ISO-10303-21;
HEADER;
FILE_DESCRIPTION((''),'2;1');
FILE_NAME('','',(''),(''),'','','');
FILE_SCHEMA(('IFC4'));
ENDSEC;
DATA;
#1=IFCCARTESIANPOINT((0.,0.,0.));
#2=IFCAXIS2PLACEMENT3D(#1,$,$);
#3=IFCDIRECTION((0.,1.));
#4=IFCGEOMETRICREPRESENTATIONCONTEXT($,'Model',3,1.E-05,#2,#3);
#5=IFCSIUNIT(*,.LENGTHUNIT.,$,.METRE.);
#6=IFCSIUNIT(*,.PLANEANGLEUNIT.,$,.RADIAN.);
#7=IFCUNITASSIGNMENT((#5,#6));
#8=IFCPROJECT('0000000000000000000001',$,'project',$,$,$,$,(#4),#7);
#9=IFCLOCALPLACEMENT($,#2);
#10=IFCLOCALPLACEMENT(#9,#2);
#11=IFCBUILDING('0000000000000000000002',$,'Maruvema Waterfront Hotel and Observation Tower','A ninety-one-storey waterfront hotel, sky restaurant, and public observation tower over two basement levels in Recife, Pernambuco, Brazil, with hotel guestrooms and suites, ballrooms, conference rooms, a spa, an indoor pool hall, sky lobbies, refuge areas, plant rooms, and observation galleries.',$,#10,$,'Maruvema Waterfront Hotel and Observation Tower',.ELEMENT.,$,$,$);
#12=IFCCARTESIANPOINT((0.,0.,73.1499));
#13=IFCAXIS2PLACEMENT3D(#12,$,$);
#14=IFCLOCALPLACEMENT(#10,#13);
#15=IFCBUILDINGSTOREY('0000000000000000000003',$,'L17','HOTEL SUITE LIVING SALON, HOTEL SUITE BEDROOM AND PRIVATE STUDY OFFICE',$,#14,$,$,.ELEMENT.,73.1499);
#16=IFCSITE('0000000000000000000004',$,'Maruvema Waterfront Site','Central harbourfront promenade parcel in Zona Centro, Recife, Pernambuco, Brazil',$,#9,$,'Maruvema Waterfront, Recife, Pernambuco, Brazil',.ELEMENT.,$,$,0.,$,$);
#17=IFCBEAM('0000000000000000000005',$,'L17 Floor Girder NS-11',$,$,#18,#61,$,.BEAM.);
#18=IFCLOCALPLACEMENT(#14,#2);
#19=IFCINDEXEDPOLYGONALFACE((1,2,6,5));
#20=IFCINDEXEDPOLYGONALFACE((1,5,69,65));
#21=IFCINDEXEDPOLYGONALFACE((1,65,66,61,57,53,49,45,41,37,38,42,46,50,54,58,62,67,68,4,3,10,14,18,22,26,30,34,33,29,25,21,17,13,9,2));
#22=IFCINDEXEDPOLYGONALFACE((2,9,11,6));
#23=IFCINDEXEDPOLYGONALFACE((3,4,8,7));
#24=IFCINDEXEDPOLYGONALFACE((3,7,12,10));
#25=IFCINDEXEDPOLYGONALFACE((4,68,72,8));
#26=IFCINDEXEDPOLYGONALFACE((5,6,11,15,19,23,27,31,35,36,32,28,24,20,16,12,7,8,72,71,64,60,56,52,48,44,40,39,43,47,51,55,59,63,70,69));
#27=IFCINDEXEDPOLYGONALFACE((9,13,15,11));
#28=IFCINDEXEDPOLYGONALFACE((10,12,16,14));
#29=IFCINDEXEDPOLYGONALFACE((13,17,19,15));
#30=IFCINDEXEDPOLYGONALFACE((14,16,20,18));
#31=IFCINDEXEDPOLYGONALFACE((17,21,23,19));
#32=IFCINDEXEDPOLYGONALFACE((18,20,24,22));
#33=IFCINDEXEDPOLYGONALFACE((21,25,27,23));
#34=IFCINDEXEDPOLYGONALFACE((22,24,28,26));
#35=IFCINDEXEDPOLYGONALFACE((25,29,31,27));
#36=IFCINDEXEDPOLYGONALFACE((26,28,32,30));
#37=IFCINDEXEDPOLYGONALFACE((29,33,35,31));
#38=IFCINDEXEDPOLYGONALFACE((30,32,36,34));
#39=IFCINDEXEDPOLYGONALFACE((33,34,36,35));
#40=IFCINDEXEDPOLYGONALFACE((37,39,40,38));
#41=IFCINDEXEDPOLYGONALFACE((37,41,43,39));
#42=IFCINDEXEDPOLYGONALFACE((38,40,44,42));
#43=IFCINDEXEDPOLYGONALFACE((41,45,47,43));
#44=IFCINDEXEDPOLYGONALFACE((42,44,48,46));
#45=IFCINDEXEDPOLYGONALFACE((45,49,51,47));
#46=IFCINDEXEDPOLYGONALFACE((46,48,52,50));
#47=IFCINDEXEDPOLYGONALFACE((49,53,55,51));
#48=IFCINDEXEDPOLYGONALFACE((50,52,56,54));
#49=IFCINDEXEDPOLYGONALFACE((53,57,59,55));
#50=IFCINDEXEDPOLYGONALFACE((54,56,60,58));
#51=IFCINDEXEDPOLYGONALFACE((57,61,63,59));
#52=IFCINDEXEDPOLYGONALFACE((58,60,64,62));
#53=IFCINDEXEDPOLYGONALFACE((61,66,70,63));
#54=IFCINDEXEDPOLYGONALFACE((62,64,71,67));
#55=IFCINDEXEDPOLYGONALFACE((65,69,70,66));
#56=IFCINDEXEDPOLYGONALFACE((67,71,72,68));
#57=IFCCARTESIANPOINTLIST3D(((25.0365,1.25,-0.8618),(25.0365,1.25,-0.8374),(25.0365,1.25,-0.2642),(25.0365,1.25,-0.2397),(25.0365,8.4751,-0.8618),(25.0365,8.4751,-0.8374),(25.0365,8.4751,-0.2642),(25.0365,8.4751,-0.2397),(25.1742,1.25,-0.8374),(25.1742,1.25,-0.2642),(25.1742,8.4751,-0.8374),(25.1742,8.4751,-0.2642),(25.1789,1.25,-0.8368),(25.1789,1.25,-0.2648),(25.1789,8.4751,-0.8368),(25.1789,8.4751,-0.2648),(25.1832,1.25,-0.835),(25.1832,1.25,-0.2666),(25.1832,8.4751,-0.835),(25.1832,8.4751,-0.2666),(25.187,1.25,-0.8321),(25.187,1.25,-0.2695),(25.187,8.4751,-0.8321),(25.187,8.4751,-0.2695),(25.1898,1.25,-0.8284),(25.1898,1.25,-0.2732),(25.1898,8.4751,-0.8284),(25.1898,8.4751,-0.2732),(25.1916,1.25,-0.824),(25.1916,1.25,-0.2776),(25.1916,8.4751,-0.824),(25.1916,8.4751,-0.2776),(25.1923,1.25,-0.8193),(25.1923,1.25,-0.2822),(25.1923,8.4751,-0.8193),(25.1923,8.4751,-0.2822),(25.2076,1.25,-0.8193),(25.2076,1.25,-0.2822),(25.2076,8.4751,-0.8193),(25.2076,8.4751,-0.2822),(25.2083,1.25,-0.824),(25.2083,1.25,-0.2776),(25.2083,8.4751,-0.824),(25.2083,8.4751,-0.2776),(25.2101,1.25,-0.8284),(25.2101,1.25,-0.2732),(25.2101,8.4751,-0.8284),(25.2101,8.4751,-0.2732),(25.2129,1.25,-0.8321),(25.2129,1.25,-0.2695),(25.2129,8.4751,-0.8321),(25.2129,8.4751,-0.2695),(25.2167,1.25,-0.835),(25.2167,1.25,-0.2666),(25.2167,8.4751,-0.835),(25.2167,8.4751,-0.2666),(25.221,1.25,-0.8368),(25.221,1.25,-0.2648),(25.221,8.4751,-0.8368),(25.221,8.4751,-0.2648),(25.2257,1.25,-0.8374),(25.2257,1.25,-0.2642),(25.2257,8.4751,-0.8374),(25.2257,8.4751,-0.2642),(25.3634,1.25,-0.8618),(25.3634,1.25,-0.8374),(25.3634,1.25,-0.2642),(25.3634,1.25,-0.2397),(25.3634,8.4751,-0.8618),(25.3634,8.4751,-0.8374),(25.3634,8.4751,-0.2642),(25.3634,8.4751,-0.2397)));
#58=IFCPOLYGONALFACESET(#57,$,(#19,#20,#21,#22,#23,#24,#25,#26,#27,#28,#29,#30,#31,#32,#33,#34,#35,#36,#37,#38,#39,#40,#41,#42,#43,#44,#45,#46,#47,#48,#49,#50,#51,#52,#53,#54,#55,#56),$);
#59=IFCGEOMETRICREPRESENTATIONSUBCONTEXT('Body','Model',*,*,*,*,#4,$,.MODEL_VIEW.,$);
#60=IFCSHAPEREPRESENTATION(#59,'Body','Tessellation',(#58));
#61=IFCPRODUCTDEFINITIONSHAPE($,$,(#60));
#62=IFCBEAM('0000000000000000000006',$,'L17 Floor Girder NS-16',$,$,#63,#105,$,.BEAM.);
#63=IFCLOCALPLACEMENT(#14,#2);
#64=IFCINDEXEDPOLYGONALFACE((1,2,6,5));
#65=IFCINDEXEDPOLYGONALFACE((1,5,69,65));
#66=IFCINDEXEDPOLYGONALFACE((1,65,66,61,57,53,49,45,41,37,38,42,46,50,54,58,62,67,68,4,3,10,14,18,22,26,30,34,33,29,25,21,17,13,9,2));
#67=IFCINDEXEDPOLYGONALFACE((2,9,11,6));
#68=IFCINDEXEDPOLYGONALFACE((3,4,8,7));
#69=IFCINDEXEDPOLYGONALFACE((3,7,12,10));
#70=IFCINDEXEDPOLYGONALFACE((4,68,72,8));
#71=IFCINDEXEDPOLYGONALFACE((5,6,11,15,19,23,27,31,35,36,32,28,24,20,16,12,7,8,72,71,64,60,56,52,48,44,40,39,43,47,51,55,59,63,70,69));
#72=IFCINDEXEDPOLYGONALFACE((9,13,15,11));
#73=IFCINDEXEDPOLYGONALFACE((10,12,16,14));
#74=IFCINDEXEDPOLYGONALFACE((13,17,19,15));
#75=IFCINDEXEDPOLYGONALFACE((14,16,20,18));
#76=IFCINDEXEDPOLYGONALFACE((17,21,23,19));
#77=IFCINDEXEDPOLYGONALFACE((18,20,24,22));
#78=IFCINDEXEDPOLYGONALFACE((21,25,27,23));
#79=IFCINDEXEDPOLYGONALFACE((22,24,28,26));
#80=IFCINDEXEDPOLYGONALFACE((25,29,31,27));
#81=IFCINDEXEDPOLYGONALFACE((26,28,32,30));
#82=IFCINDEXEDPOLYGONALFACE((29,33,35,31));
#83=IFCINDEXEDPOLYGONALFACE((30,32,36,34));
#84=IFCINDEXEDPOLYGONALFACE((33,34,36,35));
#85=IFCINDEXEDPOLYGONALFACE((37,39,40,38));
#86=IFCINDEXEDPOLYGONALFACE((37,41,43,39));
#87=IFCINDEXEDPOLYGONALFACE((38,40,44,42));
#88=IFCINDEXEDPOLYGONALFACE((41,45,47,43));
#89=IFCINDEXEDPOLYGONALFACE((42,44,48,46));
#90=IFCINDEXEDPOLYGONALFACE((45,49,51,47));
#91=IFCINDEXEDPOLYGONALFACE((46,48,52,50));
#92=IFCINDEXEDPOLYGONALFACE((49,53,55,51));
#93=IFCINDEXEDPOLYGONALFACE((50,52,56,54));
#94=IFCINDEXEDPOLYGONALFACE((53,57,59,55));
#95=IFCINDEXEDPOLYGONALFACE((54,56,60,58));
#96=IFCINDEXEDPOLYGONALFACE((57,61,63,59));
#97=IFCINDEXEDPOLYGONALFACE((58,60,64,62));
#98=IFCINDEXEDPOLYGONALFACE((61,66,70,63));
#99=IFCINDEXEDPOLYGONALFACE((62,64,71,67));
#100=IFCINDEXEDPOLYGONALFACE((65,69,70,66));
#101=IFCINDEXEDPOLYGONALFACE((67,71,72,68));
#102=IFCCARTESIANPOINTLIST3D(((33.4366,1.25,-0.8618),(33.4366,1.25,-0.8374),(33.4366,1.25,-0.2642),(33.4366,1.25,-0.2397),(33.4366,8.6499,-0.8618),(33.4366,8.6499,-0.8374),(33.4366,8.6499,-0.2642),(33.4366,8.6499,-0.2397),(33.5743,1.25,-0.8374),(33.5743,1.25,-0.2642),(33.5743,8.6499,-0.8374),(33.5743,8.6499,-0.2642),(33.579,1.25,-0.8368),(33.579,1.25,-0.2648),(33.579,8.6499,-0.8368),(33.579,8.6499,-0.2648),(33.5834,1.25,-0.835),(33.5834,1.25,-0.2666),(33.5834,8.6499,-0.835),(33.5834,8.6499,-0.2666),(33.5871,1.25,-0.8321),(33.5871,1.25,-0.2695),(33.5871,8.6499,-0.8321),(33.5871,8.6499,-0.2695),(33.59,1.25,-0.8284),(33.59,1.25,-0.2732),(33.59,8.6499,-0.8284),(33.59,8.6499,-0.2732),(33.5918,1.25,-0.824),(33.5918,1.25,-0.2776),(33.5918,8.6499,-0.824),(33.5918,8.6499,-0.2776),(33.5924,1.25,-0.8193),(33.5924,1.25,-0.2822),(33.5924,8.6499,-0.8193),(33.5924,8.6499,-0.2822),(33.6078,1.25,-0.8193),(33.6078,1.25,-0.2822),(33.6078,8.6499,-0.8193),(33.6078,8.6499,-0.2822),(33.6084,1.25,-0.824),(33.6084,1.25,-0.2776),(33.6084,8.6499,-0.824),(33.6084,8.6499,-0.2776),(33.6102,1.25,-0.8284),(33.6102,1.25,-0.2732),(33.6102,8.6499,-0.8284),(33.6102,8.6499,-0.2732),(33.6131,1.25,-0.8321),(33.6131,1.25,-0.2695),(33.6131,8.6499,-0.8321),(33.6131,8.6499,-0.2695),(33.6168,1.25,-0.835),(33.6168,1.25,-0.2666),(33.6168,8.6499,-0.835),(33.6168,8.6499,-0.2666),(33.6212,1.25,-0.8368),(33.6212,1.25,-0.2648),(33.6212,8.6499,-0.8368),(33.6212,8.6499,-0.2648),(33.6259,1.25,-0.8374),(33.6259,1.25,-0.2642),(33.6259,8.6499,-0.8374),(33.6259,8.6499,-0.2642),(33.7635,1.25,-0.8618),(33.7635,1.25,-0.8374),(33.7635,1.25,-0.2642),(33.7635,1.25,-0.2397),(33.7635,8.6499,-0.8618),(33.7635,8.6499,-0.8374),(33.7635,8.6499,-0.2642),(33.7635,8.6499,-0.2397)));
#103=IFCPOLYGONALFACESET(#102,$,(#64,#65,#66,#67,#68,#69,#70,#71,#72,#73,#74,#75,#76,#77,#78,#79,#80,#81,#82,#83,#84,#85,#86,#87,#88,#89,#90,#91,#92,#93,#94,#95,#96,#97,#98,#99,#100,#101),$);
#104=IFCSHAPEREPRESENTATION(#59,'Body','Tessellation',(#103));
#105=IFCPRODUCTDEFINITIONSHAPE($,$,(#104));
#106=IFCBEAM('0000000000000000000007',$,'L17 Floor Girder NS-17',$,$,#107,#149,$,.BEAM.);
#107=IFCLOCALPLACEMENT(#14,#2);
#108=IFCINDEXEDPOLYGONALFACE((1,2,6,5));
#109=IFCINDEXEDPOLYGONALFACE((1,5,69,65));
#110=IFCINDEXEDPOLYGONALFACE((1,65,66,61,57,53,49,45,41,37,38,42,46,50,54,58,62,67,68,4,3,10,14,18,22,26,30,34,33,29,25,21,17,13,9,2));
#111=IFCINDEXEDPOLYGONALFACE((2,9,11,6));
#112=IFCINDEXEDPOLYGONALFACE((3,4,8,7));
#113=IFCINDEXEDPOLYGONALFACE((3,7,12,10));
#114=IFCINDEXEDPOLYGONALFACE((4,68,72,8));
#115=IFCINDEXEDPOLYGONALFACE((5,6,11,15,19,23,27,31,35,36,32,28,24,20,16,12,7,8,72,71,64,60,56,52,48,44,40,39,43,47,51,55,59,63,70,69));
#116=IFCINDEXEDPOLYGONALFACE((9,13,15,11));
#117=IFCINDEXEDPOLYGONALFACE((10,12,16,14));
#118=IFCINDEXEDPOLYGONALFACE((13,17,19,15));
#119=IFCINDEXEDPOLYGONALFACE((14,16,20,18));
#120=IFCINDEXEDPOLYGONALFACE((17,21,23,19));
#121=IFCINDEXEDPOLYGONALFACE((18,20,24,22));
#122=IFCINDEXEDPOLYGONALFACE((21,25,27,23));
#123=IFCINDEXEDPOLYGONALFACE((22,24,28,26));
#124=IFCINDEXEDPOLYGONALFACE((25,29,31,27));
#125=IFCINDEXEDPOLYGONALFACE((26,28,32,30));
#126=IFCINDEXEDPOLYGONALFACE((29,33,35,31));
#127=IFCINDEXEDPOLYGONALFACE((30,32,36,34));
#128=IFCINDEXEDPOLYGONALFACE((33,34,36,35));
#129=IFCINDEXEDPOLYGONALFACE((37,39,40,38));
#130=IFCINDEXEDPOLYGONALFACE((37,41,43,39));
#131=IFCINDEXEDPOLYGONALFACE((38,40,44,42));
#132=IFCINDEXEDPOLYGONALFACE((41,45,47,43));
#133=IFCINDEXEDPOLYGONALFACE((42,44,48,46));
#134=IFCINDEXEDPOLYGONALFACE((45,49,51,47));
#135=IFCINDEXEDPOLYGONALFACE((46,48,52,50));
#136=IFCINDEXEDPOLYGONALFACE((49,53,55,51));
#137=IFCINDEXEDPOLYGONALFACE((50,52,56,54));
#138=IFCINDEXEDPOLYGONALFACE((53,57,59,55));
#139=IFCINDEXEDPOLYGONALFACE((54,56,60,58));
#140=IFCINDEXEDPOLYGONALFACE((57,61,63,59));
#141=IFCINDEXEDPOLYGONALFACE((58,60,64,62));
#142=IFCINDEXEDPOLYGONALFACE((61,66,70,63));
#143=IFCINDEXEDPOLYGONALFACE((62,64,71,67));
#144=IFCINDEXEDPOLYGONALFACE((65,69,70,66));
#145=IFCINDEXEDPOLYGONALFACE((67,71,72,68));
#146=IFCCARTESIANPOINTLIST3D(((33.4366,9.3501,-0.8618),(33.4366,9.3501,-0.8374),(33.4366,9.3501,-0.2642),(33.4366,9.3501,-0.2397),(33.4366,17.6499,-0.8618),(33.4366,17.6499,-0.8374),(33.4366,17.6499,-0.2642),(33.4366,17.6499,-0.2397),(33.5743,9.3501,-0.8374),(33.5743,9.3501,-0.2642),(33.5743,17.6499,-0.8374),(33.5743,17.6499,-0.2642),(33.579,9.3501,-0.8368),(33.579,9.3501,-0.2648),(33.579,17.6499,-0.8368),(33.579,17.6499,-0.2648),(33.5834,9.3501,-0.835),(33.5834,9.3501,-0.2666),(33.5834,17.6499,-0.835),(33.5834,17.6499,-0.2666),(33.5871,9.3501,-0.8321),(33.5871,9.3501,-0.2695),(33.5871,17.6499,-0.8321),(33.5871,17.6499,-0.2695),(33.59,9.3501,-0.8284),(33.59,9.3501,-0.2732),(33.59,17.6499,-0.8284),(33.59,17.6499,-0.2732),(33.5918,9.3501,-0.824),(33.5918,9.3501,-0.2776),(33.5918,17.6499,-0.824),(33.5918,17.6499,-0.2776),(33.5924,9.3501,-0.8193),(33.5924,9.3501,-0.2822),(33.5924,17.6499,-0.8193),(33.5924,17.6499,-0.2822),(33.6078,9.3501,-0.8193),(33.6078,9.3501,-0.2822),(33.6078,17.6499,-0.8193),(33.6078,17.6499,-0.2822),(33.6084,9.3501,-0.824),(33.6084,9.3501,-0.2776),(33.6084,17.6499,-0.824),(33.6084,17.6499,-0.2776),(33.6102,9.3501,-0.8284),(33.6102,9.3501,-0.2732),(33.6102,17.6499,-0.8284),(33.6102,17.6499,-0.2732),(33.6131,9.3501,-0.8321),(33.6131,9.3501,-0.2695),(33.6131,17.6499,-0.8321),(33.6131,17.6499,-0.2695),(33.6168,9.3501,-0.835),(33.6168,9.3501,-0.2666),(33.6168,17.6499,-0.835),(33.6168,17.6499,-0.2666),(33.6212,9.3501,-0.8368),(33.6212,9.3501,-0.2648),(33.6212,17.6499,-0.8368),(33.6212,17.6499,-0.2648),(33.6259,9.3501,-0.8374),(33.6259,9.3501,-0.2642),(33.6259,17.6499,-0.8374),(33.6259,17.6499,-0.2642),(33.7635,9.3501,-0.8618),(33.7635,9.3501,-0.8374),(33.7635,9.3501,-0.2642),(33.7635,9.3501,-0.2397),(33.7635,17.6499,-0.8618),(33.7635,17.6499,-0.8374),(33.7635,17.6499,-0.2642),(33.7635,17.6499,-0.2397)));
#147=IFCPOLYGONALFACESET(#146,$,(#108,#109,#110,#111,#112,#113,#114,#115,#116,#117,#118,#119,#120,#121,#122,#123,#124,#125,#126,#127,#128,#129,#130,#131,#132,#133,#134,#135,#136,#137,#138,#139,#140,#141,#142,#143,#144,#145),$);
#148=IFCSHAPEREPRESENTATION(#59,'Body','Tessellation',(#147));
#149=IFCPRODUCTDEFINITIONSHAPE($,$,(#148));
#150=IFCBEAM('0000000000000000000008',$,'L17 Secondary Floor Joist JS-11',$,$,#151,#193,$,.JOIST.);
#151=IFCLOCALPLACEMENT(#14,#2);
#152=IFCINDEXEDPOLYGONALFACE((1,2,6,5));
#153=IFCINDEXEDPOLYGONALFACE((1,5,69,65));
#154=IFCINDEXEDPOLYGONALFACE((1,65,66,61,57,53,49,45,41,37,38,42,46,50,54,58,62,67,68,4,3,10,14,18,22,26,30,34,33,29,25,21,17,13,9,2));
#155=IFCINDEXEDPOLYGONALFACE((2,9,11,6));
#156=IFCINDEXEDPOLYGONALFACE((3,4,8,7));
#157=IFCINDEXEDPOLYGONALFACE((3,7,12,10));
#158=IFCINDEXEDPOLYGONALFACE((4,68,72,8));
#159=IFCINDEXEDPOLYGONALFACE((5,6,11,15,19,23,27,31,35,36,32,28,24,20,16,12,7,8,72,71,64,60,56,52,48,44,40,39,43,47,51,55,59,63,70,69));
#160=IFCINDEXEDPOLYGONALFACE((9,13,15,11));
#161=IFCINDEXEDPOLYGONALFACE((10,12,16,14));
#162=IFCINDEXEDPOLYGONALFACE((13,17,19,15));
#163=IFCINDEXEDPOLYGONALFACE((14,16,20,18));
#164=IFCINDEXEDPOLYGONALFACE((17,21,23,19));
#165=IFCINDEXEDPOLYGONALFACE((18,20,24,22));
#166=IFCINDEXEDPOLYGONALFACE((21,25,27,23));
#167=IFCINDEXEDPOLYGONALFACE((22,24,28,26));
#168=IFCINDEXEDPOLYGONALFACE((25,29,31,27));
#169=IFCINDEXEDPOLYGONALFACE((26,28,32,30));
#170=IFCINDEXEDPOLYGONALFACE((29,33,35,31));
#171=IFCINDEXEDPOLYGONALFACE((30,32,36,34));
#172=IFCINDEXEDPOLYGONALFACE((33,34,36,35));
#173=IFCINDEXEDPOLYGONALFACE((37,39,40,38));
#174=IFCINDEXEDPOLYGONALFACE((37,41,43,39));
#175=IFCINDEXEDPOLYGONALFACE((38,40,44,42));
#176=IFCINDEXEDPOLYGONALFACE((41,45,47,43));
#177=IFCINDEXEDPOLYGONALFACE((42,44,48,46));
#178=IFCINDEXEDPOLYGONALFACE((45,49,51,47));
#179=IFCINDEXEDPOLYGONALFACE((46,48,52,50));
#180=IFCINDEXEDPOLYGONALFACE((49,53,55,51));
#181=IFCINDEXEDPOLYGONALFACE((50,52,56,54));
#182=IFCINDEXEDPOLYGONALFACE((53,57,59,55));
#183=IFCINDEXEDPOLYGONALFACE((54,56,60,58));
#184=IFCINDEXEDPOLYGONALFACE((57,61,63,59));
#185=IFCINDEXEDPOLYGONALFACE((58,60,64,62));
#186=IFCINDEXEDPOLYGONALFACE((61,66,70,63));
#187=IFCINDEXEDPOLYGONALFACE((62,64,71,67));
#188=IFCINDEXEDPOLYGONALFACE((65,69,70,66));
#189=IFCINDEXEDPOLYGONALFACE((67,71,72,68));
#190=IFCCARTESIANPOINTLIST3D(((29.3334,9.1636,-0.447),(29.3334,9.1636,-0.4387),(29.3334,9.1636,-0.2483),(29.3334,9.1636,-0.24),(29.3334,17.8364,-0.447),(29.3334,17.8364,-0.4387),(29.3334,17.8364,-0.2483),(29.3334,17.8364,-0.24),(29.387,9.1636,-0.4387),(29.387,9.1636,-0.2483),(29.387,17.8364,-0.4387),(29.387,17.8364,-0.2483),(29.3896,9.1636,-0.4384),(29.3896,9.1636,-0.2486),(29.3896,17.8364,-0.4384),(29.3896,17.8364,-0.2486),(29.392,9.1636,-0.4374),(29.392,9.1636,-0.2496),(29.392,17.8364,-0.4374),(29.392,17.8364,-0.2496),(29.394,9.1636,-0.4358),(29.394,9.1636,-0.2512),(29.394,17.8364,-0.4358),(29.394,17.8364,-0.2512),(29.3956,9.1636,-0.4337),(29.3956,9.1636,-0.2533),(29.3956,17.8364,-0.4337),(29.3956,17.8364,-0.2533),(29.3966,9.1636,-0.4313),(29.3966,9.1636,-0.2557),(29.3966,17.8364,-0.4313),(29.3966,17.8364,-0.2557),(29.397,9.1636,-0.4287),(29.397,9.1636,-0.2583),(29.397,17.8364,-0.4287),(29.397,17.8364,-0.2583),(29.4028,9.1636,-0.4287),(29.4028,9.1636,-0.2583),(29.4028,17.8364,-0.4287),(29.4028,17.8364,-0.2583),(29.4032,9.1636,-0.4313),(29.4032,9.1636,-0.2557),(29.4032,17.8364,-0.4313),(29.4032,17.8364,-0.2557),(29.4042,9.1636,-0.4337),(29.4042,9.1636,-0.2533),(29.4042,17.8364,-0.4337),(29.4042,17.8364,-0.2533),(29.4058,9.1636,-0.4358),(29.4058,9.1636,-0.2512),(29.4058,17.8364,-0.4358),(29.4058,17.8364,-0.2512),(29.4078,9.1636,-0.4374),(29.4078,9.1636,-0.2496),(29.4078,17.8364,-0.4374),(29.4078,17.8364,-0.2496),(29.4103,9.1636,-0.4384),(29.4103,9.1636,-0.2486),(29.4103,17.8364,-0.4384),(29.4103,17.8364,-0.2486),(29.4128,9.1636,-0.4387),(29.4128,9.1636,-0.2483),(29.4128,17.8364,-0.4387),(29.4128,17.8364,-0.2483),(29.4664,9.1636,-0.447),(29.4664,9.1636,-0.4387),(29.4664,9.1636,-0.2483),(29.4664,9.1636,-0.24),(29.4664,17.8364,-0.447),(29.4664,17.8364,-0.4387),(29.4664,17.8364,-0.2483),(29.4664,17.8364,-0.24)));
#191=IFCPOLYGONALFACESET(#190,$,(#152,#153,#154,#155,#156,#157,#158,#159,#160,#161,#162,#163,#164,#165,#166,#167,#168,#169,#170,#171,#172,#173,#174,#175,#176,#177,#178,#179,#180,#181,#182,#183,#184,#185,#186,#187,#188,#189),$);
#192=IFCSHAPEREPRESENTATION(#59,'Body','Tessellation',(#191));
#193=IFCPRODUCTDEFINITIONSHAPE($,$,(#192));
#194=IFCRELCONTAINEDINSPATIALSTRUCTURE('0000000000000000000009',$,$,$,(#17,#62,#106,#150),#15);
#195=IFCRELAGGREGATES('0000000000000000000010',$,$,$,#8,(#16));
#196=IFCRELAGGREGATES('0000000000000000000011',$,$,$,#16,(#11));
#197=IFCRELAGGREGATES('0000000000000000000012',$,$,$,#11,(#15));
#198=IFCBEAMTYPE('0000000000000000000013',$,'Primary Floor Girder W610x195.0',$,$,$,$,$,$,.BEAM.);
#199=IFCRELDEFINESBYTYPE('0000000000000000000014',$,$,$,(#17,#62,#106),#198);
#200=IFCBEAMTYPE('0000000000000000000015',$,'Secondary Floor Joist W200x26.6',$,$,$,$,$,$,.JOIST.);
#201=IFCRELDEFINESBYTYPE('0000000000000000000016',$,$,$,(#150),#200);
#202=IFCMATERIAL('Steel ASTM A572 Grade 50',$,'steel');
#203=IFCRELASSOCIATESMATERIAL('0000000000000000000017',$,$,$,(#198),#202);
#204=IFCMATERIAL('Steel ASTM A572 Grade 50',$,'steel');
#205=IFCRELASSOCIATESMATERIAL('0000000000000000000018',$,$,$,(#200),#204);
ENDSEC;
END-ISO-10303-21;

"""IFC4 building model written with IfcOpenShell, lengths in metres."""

from ifc_helpers import new_model, si_unit, direction, frame, origin, origin_2d, place, context, subcontext, project, spatial, i_section, extrude, material, material_profile, profile_set, type_object, element, save


model = new_model("IFC4")

# Units and contexts
model_context = context("Model", 3, precision=1e-05, world=origin(), true_north=direction((0.0, 1.0)))
body_context = subcontext(model_context, "Body", "Model", "MODEL_VIEW")
ifc_project = project(units=[si_unit("LENGTHUNIT", "METRE"), si_unit("PLANEANGLEUNIT", "RADIAN")], contexts=[model_context])

# Site, building, storey
site_placement = place(None, origin())
site = spatial("IfcSite", under=ifc_project, at=site_placement, Name="Maruvema Waterfront Site", Description="Central harbourfront promenade parcel in Zona Centro, Recife, Pernambuco, Brazil", LongName="Maruvema Waterfront, Recife, Pernambuco, Brazil", CompositionType="ELEMENT", RefElevation=0.0)
building_placement = place(site_placement, origin())
building = spatial("IfcBuilding", under=site, at=building_placement, Name="Maruvema Waterfront Hotel and Observation Tower", Description="A ninety-one-storey waterfront hotel, sky restaurant, and public observation tower over two basement levels in Recife, Pernambuco, Brazil, with hotel guestrooms and suites, ballrooms, conference rooms, a spa, an indoor pool hall, sky lobbies, refuge areas, plant rooms, and observation galleries.", LongName="Maruvema Waterfront Hotel and Observation Tower", CompositionType="ELEMENT")
storey_placement = place(building_placement, frame((0.0, 0.0, 73.1499)))
storey = spatial("IfcBuildingStorey", under=building, at=storey_placement, Name="L17", Description="HOTEL SUITE LIVING SALON, HOTEL SUITE BEDROOM AND PRIVATE STUDY OFFICE", CompositionType="ELEMENT", Elevation=73.1499)

# Beams
ifc_material_1 = material(Name="Steel ASTM A572 Grade 50", Category="steel")
ifc_material_profile_1 = material_profile(ifc_material_1, i_section(OverallWidth=0.3269, OverallDepth=0.6221, WebThickness=0.0154, FlangeThickness=0.0244, FilletRadius=0.0181, at=origin_2d()), Name="W610x195.0")
ifc_profile_set_1 = profile_set([ifc_material_profile_1], Name="Steel ASTM A572 Grade 50")
beam_type_1 = type_object("IfcBeamType", Name="Primary Floor Girder W610x195.0", PredefinedType="BEAM", material=ifc_profile_set_1)
beam_1_placement = place(storey_placement, frame((25.2, 1.25, -0.5508), z_axis=(0.0, 1.0, 0.0), x_axis=(-1.0, 0.0, 0.0)))
element("IfcBeam", 1, at=beam_1_placement, inside=storey, type_object=beam_type_1, Name="L17 Floor Girder NS-11", PredefinedType="BEAM", context=body_context, shape_type="SweptSolid", body=[
    extrude(i_section(OverallWidth=0.3269, OverallDepth=0.6221, WebThickness=0.0154, FlangeThickness=0.0244, FilletRadius=0.0181, at=origin_2d()), origin(), (0.0, 0.0, 1.0), 7.2251),
])
beam_2_placement = place(storey_placement, frame((33.6001, 1.25, -0.5508), z_axis=(0.0, 1.0, 0.0), x_axis=(-1.0, 0.0, 0.0)))
element("IfcBeam", 2, at=beam_2_placement, inside=storey, type_object=beam_type_1, Name="L17 Floor Girder NS-16", PredefinedType="BEAM", context=body_context, shape_type="SweptSolid", body=[
    extrude(i_section(OverallWidth=0.3269, OverallDepth=0.6221, WebThickness=0.0154, FlangeThickness=0.0244, FilletRadius=0.0181, at=origin_2d()), origin(), (0.0, 0.0, 1.0), 7.3999),
])
beam_3_placement = place(storey_placement, frame((33.6001, 9.3501, -0.5508), z_axis=(0.0, 1.0, 0.0), x_axis=(-1.0, 0.0, 0.0)))
element("IfcBeam", 3, at=beam_3_placement, inside=storey, type_object=beam_type_1, Name="L17 Floor Girder NS-17", PredefinedType="BEAM", context=body_context, shape_type="SweptSolid", body=[
    extrude(i_section(OverallWidth=0.3269, OverallDepth=0.6221, WebThickness=0.0154, FlangeThickness=0.0244, FilletRadius=0.0181, at=origin_2d()), origin(), (0.0, 0.0, 1.0), 8.2998),
])
ifc_material_2 = material(Name="Steel ASTM A572 Grade 50", Category="steel")
ifc_material_profile_2 = material_profile(ifc_material_2, i_section(OverallWidth=0.1331, OverallDepth=0.207, WebThickness=0.0059, FlangeThickness=0.0083, FilletRadius=0.01, at=origin_2d()), Name="W200x26.6")
ifc_profile_set_2 = profile_set([ifc_material_profile_2], Name="Steel ASTM A572 Grade 50")
beam_type_2 = type_object("IfcBeamType", Name="Secondary Floor Joist W200x26.6", PredefinedType="JOIST", material=ifc_profile_set_2)
beam_4_placement = place(storey_placement, frame((29.3999, 9.1636, -0.3435), z_axis=(0.0, 1.0, 0.0), x_axis=(-1.0, 0.0, 0.0)))
element("IfcBeam", 4, at=beam_4_placement, inside=storey, type_object=beam_type_2, Name="L17 Secondary Floor Joist JS-11", PredefinedType="JOIST", context=body_context, shape_type="SweptSolid", body=[
    extrude(i_section(OverallWidth=0.1331, OverallDepth=0.207, WebThickness=0.0059, FlangeThickness=0.0083, FilletRadius=0.01, at=origin_2d()), origin(), (0.0, 0.0, 1.0), 8.6729),
])

save(model, "model.ifc")
